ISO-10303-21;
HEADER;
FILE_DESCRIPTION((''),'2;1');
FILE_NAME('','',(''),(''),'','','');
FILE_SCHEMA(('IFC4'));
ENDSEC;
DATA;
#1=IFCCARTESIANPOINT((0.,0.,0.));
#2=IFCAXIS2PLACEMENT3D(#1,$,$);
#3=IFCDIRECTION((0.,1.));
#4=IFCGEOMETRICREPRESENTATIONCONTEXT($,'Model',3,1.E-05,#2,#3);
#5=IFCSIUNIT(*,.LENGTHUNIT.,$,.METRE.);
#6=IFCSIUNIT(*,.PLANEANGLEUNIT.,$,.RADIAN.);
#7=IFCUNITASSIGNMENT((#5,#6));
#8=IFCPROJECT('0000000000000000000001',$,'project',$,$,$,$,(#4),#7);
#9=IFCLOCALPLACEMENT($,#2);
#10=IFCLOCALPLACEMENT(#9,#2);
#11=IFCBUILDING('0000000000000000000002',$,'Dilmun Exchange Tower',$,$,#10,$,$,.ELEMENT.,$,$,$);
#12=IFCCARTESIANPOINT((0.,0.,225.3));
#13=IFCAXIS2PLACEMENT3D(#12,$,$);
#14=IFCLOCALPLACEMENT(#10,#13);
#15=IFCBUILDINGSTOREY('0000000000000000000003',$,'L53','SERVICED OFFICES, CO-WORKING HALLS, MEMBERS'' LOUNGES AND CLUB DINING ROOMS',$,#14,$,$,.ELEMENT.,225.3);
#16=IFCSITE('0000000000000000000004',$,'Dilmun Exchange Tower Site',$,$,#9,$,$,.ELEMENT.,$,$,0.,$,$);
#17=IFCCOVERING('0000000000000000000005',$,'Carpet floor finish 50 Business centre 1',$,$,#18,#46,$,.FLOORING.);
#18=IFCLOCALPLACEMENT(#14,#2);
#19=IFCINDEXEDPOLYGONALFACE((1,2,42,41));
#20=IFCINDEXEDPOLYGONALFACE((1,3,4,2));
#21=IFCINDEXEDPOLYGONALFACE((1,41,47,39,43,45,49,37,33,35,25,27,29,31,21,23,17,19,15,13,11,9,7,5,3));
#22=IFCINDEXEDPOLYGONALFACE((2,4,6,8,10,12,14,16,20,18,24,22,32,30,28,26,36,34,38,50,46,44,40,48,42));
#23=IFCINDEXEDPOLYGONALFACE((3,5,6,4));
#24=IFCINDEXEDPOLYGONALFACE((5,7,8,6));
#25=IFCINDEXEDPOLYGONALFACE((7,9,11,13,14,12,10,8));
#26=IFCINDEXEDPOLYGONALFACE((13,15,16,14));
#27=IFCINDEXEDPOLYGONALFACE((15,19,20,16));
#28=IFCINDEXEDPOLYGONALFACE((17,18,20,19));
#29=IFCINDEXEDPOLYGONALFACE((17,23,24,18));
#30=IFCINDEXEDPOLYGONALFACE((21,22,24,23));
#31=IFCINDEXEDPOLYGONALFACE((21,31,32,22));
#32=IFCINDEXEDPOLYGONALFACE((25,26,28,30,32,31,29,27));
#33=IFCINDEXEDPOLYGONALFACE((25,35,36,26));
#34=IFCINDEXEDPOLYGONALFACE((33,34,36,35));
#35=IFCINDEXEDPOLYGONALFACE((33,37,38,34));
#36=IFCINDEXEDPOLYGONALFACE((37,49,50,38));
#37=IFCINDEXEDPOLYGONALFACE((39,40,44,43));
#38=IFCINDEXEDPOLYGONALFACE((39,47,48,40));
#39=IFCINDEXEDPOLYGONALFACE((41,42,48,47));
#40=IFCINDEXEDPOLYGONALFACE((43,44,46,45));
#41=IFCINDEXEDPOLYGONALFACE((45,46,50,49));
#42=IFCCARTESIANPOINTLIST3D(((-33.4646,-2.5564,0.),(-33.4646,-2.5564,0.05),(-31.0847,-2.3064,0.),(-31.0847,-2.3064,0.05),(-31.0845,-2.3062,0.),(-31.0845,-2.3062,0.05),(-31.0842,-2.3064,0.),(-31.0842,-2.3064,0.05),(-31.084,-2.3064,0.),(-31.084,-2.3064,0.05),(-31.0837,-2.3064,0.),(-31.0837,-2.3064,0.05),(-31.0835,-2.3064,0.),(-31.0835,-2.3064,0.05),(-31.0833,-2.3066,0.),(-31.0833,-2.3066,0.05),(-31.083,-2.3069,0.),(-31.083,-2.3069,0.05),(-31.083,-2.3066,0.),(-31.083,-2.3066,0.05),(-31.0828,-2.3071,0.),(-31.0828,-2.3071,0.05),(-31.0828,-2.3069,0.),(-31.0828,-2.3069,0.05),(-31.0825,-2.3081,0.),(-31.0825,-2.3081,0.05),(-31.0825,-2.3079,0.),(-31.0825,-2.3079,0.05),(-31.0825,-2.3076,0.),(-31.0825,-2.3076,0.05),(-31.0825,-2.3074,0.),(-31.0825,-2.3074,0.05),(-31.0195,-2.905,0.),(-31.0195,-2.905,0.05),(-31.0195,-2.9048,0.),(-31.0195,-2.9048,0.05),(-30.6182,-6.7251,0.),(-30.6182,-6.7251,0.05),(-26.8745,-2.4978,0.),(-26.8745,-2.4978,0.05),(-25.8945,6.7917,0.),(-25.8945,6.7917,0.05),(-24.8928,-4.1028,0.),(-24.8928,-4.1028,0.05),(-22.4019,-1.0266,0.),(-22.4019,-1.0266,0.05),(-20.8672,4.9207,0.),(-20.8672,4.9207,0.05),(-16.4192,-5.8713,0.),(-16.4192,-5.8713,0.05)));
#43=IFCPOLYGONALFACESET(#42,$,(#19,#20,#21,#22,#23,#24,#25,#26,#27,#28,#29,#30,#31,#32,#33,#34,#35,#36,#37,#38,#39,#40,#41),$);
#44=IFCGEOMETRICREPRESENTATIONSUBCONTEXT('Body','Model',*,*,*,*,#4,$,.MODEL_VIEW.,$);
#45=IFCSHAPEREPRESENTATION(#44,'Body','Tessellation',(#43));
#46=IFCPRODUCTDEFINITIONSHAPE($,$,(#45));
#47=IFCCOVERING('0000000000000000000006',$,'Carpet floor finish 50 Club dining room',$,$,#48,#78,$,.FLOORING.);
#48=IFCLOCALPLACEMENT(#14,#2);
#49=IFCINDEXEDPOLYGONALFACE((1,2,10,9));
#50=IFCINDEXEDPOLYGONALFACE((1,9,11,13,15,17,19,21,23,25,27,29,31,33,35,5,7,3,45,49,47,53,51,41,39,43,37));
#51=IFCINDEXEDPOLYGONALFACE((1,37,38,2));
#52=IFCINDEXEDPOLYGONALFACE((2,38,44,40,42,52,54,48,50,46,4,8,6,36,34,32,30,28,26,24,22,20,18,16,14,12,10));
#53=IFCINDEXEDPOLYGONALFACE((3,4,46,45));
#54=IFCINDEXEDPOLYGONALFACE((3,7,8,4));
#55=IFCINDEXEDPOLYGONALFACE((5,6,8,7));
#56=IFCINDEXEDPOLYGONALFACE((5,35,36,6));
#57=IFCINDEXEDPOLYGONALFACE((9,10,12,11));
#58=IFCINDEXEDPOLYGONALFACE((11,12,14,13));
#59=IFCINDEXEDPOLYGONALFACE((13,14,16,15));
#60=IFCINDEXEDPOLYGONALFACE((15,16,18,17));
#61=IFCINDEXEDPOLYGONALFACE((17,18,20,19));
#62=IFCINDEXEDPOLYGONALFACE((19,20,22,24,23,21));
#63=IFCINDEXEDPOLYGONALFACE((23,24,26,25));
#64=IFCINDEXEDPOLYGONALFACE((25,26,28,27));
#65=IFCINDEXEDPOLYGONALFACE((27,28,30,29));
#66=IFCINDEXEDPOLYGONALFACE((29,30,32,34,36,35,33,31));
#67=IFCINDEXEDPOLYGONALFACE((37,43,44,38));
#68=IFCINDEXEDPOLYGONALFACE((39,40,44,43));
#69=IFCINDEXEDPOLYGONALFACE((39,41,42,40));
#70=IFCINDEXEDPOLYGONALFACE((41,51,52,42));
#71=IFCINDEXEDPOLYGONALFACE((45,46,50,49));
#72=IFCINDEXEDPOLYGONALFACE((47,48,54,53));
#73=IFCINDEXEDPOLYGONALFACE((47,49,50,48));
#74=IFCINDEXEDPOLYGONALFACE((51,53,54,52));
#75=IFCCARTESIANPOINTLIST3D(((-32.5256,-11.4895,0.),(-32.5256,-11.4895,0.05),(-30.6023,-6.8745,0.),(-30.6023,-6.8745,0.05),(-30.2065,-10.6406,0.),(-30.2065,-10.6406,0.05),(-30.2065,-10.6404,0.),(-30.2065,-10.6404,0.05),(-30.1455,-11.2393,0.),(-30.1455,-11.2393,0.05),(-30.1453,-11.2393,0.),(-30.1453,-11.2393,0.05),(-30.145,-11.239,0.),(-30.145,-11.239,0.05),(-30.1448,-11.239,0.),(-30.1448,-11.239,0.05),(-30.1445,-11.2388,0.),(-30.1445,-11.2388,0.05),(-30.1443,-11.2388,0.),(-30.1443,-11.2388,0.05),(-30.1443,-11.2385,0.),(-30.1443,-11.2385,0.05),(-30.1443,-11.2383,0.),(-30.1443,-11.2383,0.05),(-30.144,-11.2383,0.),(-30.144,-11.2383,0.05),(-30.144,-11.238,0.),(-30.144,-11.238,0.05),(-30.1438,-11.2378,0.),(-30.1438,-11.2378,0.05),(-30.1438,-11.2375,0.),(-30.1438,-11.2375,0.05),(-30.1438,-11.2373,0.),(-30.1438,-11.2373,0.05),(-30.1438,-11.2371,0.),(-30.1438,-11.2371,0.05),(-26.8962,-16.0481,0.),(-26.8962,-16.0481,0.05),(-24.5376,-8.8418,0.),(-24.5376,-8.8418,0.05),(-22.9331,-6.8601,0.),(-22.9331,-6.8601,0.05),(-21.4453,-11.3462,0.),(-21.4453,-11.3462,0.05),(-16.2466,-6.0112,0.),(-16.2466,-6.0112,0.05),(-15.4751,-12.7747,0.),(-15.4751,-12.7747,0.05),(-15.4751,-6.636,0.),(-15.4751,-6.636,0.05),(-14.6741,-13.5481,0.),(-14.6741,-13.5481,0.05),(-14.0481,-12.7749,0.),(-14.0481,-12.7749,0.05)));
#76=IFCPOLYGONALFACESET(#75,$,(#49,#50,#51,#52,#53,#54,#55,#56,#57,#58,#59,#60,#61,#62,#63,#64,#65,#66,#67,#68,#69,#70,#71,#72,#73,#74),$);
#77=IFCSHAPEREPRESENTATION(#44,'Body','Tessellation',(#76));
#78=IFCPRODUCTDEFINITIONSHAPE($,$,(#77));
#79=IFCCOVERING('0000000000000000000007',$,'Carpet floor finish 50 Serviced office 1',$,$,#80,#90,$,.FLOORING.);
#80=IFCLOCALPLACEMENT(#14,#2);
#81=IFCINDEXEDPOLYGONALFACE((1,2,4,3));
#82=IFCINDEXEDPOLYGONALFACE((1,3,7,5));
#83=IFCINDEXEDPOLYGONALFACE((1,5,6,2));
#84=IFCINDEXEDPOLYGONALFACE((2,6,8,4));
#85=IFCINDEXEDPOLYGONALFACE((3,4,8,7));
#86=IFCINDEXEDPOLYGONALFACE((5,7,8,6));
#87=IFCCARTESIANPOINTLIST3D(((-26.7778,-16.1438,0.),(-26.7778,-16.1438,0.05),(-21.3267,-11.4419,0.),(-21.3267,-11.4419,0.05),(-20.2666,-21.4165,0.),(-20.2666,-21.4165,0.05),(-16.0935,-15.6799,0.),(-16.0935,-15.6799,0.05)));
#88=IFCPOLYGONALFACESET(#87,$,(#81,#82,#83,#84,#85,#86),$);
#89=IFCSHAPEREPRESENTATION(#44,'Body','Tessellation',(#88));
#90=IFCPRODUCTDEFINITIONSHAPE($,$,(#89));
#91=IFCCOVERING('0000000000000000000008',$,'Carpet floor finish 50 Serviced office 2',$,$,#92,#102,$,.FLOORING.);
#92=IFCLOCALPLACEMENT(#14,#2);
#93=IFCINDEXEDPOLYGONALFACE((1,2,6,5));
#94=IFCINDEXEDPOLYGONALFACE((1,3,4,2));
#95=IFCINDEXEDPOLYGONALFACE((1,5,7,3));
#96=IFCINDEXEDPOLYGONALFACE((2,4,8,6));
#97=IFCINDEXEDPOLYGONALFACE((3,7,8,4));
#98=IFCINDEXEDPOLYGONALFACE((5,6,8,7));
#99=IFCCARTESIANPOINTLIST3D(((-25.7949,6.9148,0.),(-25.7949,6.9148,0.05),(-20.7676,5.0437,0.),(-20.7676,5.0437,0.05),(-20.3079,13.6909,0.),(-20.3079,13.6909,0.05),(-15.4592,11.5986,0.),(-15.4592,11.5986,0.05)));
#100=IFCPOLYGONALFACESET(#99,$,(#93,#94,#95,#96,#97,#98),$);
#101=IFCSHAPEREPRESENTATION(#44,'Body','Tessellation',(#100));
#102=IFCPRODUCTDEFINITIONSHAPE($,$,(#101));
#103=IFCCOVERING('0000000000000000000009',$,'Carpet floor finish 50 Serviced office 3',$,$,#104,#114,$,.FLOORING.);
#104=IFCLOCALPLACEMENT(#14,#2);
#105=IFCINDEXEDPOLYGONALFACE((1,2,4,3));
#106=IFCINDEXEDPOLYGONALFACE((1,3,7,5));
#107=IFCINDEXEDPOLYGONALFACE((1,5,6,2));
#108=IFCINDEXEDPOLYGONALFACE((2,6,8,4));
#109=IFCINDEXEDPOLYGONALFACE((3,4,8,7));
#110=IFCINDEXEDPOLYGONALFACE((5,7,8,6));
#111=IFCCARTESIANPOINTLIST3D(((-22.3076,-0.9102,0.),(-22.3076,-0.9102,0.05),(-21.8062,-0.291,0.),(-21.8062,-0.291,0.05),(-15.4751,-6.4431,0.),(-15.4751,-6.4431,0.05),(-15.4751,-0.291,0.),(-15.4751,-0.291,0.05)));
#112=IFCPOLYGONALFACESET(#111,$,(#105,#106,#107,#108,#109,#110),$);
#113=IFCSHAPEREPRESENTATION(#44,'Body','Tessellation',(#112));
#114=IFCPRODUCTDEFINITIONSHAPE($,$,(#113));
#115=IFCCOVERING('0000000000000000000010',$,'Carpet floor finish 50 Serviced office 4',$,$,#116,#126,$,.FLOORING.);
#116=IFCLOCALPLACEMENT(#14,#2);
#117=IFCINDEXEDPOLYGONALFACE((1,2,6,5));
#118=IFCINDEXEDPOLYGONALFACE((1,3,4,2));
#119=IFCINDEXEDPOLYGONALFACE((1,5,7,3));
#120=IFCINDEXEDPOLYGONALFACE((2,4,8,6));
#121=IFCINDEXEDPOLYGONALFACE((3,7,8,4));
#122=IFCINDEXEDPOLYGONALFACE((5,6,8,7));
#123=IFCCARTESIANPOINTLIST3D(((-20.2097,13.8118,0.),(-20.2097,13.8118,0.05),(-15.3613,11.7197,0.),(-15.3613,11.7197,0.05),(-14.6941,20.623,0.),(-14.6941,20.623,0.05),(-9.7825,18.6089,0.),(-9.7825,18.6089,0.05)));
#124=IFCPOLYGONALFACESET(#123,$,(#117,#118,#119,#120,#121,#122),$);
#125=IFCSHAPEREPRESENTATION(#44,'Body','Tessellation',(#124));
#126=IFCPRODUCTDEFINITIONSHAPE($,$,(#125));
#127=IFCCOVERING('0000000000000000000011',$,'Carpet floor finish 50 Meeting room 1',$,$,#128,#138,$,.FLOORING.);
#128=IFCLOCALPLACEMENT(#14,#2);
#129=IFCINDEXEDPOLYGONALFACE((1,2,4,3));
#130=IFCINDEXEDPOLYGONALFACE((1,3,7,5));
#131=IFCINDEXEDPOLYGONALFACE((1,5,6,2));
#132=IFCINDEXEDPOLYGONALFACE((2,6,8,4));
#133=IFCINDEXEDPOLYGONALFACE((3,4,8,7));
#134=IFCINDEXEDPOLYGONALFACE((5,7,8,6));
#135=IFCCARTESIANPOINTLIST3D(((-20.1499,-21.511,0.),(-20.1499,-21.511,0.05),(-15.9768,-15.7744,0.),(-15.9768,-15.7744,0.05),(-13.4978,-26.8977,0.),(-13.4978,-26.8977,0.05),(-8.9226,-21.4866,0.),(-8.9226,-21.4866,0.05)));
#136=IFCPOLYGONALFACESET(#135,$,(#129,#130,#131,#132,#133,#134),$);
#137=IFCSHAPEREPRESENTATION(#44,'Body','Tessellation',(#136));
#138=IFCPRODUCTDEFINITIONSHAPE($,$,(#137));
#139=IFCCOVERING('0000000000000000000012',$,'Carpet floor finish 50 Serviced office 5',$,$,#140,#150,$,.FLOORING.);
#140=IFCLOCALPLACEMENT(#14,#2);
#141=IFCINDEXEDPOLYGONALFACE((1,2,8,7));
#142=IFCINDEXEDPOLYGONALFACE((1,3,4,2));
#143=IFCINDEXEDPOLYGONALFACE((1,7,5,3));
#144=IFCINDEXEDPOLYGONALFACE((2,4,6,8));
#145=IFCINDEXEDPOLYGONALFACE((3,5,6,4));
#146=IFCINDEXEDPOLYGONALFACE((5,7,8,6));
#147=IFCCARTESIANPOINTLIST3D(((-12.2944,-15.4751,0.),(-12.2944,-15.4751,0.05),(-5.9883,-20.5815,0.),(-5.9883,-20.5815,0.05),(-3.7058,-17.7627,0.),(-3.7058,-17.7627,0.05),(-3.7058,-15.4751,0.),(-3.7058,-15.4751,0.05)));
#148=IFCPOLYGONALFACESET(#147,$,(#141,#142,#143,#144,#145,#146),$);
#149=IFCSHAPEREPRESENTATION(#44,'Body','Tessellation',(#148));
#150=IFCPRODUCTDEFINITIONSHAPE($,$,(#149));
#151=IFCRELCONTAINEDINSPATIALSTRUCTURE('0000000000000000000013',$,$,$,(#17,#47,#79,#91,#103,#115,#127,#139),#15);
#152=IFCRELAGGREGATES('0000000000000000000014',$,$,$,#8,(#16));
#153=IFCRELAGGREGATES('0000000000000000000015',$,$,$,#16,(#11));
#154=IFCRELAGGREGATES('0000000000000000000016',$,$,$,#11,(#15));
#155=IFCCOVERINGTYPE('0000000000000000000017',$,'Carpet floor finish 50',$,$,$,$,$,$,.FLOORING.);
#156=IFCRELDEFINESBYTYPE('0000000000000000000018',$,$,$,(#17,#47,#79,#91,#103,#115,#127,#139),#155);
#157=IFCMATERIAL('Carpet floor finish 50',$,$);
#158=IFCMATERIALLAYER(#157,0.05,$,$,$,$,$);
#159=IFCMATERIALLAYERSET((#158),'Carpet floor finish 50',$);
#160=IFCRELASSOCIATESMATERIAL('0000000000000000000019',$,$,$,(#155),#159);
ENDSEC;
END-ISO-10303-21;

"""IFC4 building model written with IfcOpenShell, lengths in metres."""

from ifc_helpers import new_model, si_unit, direction, frame, origin, place, context, subcontext, project, spatial, polyline, outline, extrude, material, layer, layer_set, type_object, element, save


model = new_model("IFC4")

# Units and contexts
model_context = context("Model", 3, precision=1e-05, world=origin(), true_north=direction((0.0, 1.0)))
body_context = subcontext(model_context, "Body", "Model", "MODEL_VIEW")
ifc_project = project(units=[si_unit("LENGTHUNIT", "METRE"), si_unit("PLANEANGLEUNIT", "RADIAN")], contexts=[model_context])

# Site, building, storey
site_placement = place(None, origin())
site = spatial("IfcSite", under=ifc_project, at=site_placement, Name="Dilmun Exchange Tower Site", CompositionType="ELEMENT", RefElevation=0.0)
building_placement = place(site_placement, origin())
building = spatial("IfcBuilding", under=site, at=building_placement, Name="Dilmun Exchange Tower", CompositionType="ELEMENT")
storey_placement = place(building_placement, frame((0.0, 0.0, 225.3)))
storey = spatial("IfcBuildingStorey", under=building, at=storey_placement, Name="L53", Description="SERVICED OFFICES, CO-WORKING HALLS, MEMBERS' LOUNGES AND CLUB DINING ROOMS", CompositionType="ELEMENT", Elevation=225.3)

# Coverings
ifc_material_1 = material(Name="Carpet floor finish 50")
ifc_layer_1 = layer(ifc_material_1, 0.05)
ifc_layer_set_1 = layer_set([ifc_layer_1], Name="Carpet floor finish 50")
covering_type_1 = type_object("IfcCoveringType", Name="Carpet floor finish 50", PredefinedType="FLOORING", material=ifc_layer_set_1)
covering_1_placement = place(storey_placement, origin())
element("IfcCovering", 1, at=covering_1_placement, inside=storey, type_object=covering_type_1, Name="Carpet floor finish 50 Business centre 1", PredefinedType="FLOORING", context=body_context, shape_type="SweptSolid", body=[
    extrude(outline(polyline([(-22.4019, -1.0266), (-16.4192, -5.8713), (-30.6182, -6.7251), (-31.0195, -2.905), (-31.0195, -2.9048), (-31.0195, -2.9048), (-31.0825, -2.3081), (-31.0825, -2.3079), (-31.0825, -2.3076), (-31.0825, -2.3076), (-31.0825, -2.3074), (-31.0828, -2.3071), (-31.0828, -2.3069), (-31.083, -2.3069), (-31.083, -2.3066), (-31.0833, -2.3066), (-31.0835, -2.3064), (-31.0835, -2.3064), (-31.0837, -2.3064), (-31.084, -2.3064), (-31.0842, -2.3064), (-31.0845, -2.3062), (-31.0847, -2.3064), (-33.4646, -2.5564), (-25.8945, 6.7917), (-20.8672, 4.9207), (-26.8745, -2.4978), (-24.8928, -4.1028), (-22.4019, -1.0266)])), origin(), (0.0, 0.0, 1.0), 0.05),
])
covering_2_placement = place(storey_placement, origin())
element("IfcCovering", 2, at=covering_2_placement, inside=storey, type_object=covering_type_1, Name="Carpet floor finish 50 Club dining room", PredefinedType="FLOORING", context=body_context, shape_type="SweptSolid", body=[
    extrude(outline(polyline([(-16.2466, -6.0112), (-15.4751, -6.636), (-15.4751, -12.7747), (-14.0481, -12.7749), (-14.6741, -13.5481), (-22.9331, -6.8601), (-24.5376, -8.8418), (-21.4453, -11.3462), (-26.8962, -16.0481), (-32.5256, -11.4895), (-30.1455, -11.2393), (-30.1455, -11.2393), (-30.1453, -11.2393), (-30.145, -11.239), (-30.145, -11.239), (-30.1448, -11.239), (-30.1445, -11.2388), (-30.1443, -11.2388), (-30.1443, -11.2385), (-30.1443, -11.2383), (-30.144, -11.2383), (-30.144, -11.238), (-30.1438, -11.2378), (-30.1438, -11.2375), (-30.1438, -11.2373), (-30.1438, -11.2373), (-30.1438, -11.2371), (-30.2065, -10.6406), (-30.2065, -10.6404), (-30.2065, -10.6404), (-30.6023, -6.8745), (-16.2466, -6.0112)])), origin(), (0.0, 0.0, 1.0), 0.05),
])
covering_3_placement = place(storey_placement, origin())
element("IfcCovering", 3, at=covering_3_placement, inside=storey, type_object=covering_type_1, Name="Carpet floor finish 50 Serviced office 1", PredefinedType="FLOORING", context=body_context, shape_type="SweptSolid", body=[
    extrude(outline(polyline([(-20.2666, -21.4165), (-26.7778, -16.1438), (-21.3267, -11.4419), (-16.0935, -15.6799), (-20.2666, -21.4165)])), origin(), (0.0, 0.0, 1.0), 0.05),
])
covering_4_placement = place(storey_placement, origin())
element("IfcCovering", 4, at=covering_4_placement, inside=storey, type_object=covering_type_1, Name="Carpet floor finish 50 Serviced office 2", PredefinedType="FLOORING", context=body_context, shape_type="SweptSolid", body=[
    extrude(outline(polyline([(-20.7676, 5.0437), (-25.7949, 6.9148), (-20.3079, 13.6909), (-15.4592, 11.5986), (-20.7676, 5.0437)])), origin(), (0.0, 0.0, 1.0), 0.05),
])
covering_5_placement = place(storey_placement, origin())
element("IfcCovering", 5, at=covering_5_placement, inside=storey, type_object=covering_type_1, Name="Carpet floor finish 50 Serviced office 3", PredefinedType="FLOORING", context=body_context, shape_type="SweptSolid", body=[
    extrude(outline(polyline([(-15.4751, -6.4431), (-22.3076, -0.9102), (-21.8062, -0.291), (-15.4751, -0.291), (-15.4751, -6.4431)])), origin(), (0.0, 0.0, 1.0), 0.05),
])
covering_6_placement = place(storey_placement, origin())
element("IfcCovering", 6, at=covering_6_placement, inside=storey, type_object=covering_type_1, Name="Carpet floor finish 50 Serviced office 4", PredefinedType="FLOORING", context=body_context, shape_type="SweptSolid", body=[
    extrude(outline(polyline([(-15.3613, 11.7197), (-20.2097, 13.8118), (-14.6941, 20.623), (-9.7825, 18.6089), (-15.3613, 11.7197)])), origin(), (0.0, 0.0, 1.0), 0.05),
])
covering_7_placement = place(storey_placement, origin())
element("IfcCovering", 7, at=covering_7_placement, inside=storey, type_object=covering_type_1, Name="Carpet floor finish 50 Meeting room 1", PredefinedType="FLOORING", context=body_context, shape_type="SweptSolid", body=[
    extrude(outline(polyline([(-15.9768, -15.7744), (-8.9226, -21.4866), (-13.4978, -26.8977), (-20.1499, -21.511), (-15.9768, -15.7744)])), origin(), (0.0, 0.0, 1.0), 0.05),
])
covering_8_placement = place(storey_placement, origin())
element("IfcCovering", 8, at=covering_8_placement, inside=storey, type_object=covering_type_1, Name="Carpet floor finish 50 Serviced office 5", PredefinedType="FLOORING", context=body_context, shape_type="SweptSolid", body=[
    extrude(outline(polyline([(-3.7058, -17.7627), (-5.9883, -20.5815), (-12.2944, -15.4751), (-3.7058, -15.4751), (-3.7058, -17.7627)])), origin(), (0.0, 0.0, 1.0), 0.05),
])

save(model, "model.ifc")
